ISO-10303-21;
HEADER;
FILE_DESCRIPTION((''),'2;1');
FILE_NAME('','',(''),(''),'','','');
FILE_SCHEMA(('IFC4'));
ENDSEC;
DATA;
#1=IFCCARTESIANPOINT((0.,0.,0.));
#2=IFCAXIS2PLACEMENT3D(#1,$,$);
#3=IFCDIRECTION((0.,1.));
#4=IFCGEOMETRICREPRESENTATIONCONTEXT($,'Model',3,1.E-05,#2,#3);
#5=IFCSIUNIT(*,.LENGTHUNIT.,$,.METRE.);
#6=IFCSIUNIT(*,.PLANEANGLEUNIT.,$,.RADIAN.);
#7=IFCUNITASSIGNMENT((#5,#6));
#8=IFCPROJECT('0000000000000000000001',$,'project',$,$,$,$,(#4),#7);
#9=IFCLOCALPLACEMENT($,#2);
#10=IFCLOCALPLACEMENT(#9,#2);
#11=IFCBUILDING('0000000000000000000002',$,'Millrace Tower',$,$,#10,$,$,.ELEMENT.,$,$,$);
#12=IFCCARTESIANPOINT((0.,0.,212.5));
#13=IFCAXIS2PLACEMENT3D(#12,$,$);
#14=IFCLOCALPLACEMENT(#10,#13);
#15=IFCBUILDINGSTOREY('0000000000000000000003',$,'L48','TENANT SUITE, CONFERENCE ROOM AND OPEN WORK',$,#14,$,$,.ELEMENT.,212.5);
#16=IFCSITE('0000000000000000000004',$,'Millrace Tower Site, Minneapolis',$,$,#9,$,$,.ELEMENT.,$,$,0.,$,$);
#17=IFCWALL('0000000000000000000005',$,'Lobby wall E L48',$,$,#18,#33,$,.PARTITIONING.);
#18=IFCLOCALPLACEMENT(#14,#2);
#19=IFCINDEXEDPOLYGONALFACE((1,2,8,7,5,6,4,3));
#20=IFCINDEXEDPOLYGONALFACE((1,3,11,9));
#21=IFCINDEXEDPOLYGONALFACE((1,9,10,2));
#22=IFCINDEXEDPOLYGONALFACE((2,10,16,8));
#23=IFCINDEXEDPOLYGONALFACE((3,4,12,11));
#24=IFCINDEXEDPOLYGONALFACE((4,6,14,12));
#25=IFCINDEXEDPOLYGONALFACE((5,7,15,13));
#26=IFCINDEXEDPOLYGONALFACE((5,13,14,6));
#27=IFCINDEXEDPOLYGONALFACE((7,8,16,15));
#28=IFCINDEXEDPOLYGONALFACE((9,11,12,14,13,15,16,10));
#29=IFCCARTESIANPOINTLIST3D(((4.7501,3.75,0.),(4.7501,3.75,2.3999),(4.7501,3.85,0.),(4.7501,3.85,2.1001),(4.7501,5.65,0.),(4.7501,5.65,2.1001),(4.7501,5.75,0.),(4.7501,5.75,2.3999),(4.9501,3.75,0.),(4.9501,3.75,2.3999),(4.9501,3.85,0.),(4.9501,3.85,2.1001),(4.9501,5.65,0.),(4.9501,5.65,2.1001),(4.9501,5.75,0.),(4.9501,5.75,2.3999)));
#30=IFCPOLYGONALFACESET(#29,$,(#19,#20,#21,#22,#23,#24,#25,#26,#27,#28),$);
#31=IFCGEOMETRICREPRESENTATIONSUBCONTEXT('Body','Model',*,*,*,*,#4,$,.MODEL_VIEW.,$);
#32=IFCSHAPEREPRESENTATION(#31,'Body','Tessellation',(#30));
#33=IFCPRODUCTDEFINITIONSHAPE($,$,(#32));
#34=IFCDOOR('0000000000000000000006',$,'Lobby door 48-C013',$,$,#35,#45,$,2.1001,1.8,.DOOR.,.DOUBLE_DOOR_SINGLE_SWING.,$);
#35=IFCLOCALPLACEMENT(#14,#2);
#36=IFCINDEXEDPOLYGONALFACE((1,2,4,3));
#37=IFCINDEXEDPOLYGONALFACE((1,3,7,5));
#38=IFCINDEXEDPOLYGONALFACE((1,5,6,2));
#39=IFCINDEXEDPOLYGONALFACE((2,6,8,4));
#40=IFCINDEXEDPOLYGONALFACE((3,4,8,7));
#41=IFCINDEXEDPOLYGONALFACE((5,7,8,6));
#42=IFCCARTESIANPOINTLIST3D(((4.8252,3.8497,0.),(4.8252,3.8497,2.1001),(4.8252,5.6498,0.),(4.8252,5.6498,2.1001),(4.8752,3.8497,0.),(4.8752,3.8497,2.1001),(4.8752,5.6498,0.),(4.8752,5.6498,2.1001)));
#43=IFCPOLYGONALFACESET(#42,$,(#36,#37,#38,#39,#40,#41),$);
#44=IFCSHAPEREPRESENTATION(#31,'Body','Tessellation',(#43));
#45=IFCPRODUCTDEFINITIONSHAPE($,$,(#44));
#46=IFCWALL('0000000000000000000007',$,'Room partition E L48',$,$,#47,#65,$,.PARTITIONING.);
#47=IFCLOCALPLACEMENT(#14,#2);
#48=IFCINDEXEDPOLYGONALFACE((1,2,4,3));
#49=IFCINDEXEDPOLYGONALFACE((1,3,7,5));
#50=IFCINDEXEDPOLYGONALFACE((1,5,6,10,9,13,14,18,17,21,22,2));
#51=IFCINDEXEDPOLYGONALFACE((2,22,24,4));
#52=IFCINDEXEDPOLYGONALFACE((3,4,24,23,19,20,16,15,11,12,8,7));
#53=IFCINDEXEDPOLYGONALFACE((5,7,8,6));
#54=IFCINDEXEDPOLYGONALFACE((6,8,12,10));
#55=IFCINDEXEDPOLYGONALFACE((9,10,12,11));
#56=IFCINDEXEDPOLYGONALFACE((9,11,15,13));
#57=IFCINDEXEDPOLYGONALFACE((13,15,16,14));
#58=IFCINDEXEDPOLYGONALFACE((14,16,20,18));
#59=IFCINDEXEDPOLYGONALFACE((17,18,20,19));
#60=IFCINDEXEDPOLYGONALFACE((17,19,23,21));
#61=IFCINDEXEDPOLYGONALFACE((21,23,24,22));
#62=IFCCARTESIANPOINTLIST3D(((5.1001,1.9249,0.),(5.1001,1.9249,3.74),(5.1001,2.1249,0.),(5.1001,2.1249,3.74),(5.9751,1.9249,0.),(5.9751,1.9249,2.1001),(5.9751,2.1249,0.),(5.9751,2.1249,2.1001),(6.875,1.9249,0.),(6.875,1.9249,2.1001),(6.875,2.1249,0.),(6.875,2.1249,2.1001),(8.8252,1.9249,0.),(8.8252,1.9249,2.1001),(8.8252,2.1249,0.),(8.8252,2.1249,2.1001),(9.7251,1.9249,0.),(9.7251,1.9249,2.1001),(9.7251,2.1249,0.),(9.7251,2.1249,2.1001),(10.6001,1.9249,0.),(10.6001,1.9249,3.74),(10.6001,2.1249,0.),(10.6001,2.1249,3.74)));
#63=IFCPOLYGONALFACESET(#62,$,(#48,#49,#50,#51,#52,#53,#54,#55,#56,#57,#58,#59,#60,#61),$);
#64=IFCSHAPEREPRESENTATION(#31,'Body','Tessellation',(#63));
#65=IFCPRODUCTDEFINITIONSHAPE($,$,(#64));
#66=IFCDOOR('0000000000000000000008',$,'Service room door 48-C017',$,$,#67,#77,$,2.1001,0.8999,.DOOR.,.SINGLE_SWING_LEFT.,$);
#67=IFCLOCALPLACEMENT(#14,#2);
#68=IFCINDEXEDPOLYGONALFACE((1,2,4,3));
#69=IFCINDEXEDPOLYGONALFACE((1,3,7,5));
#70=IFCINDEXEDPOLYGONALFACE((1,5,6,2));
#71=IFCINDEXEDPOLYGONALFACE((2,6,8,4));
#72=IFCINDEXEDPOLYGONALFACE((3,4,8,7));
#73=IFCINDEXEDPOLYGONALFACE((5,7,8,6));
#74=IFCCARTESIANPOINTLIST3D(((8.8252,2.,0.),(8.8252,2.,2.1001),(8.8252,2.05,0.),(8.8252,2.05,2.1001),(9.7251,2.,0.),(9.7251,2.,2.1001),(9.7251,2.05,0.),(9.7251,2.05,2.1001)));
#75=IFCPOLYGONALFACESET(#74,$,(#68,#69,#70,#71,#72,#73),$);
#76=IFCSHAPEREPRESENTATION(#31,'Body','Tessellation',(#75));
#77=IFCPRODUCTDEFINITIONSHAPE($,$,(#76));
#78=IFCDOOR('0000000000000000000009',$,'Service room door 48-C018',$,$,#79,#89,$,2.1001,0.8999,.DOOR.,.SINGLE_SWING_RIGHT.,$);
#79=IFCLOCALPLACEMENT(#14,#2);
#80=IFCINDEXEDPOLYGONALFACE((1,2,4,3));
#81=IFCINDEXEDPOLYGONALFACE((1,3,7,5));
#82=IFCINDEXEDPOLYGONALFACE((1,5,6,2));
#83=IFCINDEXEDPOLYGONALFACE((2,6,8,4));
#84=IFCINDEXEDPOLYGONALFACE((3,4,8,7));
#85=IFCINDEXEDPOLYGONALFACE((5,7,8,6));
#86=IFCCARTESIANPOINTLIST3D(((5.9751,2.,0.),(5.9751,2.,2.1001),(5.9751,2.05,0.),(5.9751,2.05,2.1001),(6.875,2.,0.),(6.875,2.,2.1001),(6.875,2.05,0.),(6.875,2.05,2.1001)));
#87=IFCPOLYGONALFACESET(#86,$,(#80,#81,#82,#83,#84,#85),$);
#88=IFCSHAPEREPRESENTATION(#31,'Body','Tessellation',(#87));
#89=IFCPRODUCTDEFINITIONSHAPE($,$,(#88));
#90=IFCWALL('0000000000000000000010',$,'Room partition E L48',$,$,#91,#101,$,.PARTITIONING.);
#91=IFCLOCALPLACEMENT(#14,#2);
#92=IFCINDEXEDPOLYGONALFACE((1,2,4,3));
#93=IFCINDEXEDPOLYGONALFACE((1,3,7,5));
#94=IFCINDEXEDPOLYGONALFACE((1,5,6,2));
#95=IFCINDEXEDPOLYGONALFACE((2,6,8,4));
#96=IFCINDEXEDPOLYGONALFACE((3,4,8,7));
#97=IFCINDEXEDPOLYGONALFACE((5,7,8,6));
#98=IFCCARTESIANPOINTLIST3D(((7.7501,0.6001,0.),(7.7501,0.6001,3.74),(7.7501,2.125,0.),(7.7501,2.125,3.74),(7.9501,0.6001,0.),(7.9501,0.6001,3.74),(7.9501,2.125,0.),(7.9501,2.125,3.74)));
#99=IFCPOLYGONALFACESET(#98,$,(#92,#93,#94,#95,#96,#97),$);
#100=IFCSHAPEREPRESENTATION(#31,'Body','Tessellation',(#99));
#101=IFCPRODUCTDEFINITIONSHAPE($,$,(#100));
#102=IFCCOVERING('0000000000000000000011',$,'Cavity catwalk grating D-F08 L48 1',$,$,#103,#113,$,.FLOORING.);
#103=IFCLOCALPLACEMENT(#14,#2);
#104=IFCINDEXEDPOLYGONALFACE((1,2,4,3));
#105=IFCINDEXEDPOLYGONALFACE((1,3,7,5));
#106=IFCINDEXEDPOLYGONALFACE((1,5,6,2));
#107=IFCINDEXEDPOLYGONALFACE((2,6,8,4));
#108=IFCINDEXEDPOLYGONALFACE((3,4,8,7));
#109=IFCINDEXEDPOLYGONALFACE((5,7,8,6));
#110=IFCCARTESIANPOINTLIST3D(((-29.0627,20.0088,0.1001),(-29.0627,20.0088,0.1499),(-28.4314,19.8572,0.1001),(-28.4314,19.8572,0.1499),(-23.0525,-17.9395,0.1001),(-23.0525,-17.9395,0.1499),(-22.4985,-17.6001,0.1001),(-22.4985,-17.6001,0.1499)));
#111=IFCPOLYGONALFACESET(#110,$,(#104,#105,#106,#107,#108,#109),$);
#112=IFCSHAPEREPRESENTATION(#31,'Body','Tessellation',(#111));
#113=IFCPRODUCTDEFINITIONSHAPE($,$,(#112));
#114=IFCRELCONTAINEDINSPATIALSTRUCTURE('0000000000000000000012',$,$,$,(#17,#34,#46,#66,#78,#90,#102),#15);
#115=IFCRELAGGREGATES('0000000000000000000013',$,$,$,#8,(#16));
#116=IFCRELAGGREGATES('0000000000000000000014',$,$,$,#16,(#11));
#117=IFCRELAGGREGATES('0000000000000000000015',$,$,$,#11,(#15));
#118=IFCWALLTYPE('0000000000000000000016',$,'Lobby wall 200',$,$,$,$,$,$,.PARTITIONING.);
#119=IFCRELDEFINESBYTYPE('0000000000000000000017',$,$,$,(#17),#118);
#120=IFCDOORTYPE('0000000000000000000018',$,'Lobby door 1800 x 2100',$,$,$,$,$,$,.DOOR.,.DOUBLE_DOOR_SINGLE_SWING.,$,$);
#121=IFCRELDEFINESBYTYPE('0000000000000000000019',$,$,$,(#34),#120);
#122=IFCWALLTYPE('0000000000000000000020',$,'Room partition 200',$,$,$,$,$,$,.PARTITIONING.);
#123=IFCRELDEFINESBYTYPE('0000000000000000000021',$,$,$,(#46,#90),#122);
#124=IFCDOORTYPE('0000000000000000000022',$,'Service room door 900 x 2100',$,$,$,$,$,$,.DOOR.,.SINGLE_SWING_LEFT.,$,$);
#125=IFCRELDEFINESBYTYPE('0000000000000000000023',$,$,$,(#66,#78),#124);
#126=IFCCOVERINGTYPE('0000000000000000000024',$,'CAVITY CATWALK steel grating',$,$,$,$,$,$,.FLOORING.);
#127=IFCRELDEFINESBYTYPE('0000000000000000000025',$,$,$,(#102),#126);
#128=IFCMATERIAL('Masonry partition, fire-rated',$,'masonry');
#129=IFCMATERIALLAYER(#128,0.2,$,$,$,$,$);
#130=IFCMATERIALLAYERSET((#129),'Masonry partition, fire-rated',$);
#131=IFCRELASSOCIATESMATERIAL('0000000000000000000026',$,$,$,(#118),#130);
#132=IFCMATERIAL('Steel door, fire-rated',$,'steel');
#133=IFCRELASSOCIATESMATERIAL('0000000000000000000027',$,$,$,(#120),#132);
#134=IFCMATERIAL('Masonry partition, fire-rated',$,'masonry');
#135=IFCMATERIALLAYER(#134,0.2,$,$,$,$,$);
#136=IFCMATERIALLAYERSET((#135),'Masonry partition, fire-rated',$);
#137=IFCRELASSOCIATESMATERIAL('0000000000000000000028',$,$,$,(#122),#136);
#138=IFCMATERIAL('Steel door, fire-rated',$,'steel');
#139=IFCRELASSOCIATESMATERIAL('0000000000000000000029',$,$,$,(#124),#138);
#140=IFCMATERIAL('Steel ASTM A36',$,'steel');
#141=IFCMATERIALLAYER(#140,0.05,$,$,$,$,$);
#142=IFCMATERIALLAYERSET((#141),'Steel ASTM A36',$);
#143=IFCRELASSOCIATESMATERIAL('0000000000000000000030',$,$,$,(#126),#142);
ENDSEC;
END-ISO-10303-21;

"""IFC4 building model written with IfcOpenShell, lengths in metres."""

from ifc_helpers import new_model, si_unit, direction, frame, frame_2d, origin, place, context, subcontext, project, spatial, polyline, rectangle, outline, extrude, material, layer, layer_set, type_object, element, fill, save


model = new_model("IFC4")

# Units and contexts
model_context = context("Model", 3, precision=1e-05, world=origin(), true_north=direction((0.0, 1.0)))
body_context = subcontext(model_context, "Body", "Model", "MODEL_VIEW")
ifc_project = project(units=[si_unit("LENGTHUNIT", "METRE"), si_unit("PLANEANGLEUNIT", "RADIAN")], contexts=[model_context])

# Site, building, storey
site_placement = place(None, origin())
site = spatial("IfcSite", under=ifc_project, at=site_placement, Name="Millrace Tower Site, Minneapolis", CompositionType="ELEMENT", RefElevation=0.0)
building_placement = place(site_placement, origin())
building = spatial("IfcBuilding", under=site, at=building_placement, Name="Millrace Tower", CompositionType="ELEMENT")
storey_placement = place(building_placement, frame((0.0, 0.0, 212.5)))
storey = spatial("IfcBuildingStorey", under=building, at=storey_placement, Name="L48", Description="TENANT SUITE, CONFERENCE ROOM AND OPEN WORK", CompositionType="ELEMENT", Elevation=212.5)

# Wall, opening, door
ifc_material_1 = material(Name="Masonry partition, fire-rated", Category="masonry")
ifc_layer_1 = layer(ifc_material_1, 0.2)
ifc_layer_set_1 = layer_set([ifc_layer_1], Name="Masonry partition, fire-rated")
wall_type_1 = type_object("IfcWallType", Name="Lobby wall 200", PredefinedType="PARTITIONING", material=ifc_layer_set_1)
wall_1_placement = place(storey_placement, frame((4.8501, 5.75, 0.0), z_axis=(0.0, 0.0, 1.0), x_axis=(0.0, -1.0, 0.0)))
wall_1 = element("IfcWall", 1, at=wall_1_placement, inside=storey, type_object=wall_type_1, Name="Lobby wall E L48", PredefinedType="PARTITIONING", context=body_context, shape_type="SweptSolid", body=[
    extrude(rectangle(XDim=2.0, YDim=0.2, at=frame_2d((1.0, 0.0))), origin(), (0.0, 0.0, 1.0), 2.3999),
])
opening_1_placement = place(wall_1_placement, frame((0.1001, 0.0, 0.0)))
opening_1 = element("IfcOpeningElement", 2, at=opening_1_placement, cuts=wall_1, PredefinedType="OPENING", context=body_context, shape_type="SweptSolid", body=[
    extrude(rectangle(XDim=1.8, YDim=2.1001, at=frame_2d((0.8999, 1.05))), frame((0.0, 0.1099, 0.0), z_axis=(0.0, -1.0, 0.0), x_axis=(1.0, 0.0, 0.0)), (0.0, 0.0, 1.0), 0.22),
])
ifc_material_2 = material(Name="Steel door, fire-rated", Category="steel")
door_type_1 = type_object("IfcDoorType", Name="Lobby door 1800 x 2100", OperationType="DOUBLE_DOOR_SINGLE_SWING", PredefinedType="DOOR", material=ifc_material_2)
door_1_placement = place(opening_1_placement, frame((1.8, 0.0, 0.0), z_axis=(0.0, 0.0, 1.0), x_axis=(-1.0, 0.0, 0.0)))
door_1 = element("IfcDoor", 3, at=door_1_placement, inside=storey, type_object=door_type_1, Name="Lobby door 48-C013", OperationType="DOUBLE_DOOR_SINGLE_SWING", OverallHeight=2.1001, OverallWidth=1.8, PredefinedType="DOOR", context=body_context, shape_type="SweptSolid", body=[
    extrude(rectangle(XDim=1.8, YDim=2.1001, at=frame_2d((0.8999, 1.05))), frame((0.0, 0.0249, 0.0), z_axis=(0.0, -1.0, 0.0), x_axis=(1.0, 0.0, 0.0)), (0.0, 0.0, 1.0), 0.05),
])
fill(opening_1, door_1)

# Wall, openings, doors
ifc_material_3 = material(Name="Masonry partition, fire-rated", Category="masonry")
ifc_layer_2 = layer(ifc_material_3, 0.2)
ifc_layer_set_2 = layer_set([ifc_layer_2], Name="Masonry partition, fire-rated")
wall_type_2 = type_object("IfcWallType", Name="Room partition 200", PredefinedType="PARTITIONING", material=ifc_layer_set_2)
wall_2_placement = place(storey_placement, frame((10.6001, 2.0249, 0.0), z_axis=(0.0, 0.0, 1.0), x_axis=(-1.0, 0.0, 0.0)))
wall_2 = element("IfcWall", 4, at=wall_2_placement, inside=storey, type_object=wall_type_2, Name="Room partition E L48", PredefinedType="PARTITIONING", context=body_context, shape_type="SweptSolid", body=[
    extrude(rectangle(XDim=5.5, YDim=0.2, at=frame_2d((2.75, 0.0))), origin(), (0.0, 0.0, 1.0), 3.74),
])
opening_2_placement = place(wall_2_placement, frame((0.875, 0.0, 0.0)))
opening_2 = element("IfcOpeningElement", 5, at=opening_2_placement, cuts=wall_2, PredefinedType="OPENING", context=body_context, shape_type="SweptSolid", body=[
    extrude(rectangle(XDim=0.8999, YDim=2.1001, at=frame_2d((0.45, 1.05))), frame((0.0, 0.1099, 0.0), z_axis=(0.0, -1.0, 0.0), x_axis=(1.0, 0.0, 0.0)), (0.0, 0.0, 1.0), 0.22),
])
opening_3_placement = place(wall_2_placement, frame((3.7251, 0.0, 0.0)))
opening_3 = element("IfcOpeningElement", 6, at=opening_3_placement, cuts=wall_2, PredefinedType="OPENING", context=body_context, shape_type="SweptSolid", body=[
    extrude(rectangle(XDim=0.8999, YDim=2.1001, at=frame_2d((0.45, 1.05))), frame((0.0, 0.1099, 0.0), z_axis=(0.0, -1.0, 0.0), x_axis=(1.0, 0.0, 0.0)), (0.0, 0.0, 1.0), 0.22),
])
ifc_material_4 = material(Name="Steel door, fire-rated", Category="steel")
door_type_2 = type_object("IfcDoorType", Name="Service room door 900 x 2100", OperationType="SINGLE_SWING_LEFT", PredefinedType="DOOR", material=ifc_material_4)
door_2_placement = place(opening_2_placement, origin())
door_2 = element("IfcDoor", 7, at=door_2_placement, inside=storey, type_object=door_type_2, Name="Service room door 48-C017", OperationType="SINGLE_SWING_LEFT", OverallHeight=2.1001, OverallWidth=0.8999, PredefinedType="DOOR", context=body_context, shape_type="SweptSolid", body=[
    extrude(rectangle(XDim=0.8999, YDim=2.1001, at=frame_2d((0.45, 1.05))), frame((0.0, 0.0249, 0.0), z_axis=(0.0, -1.0, 0.0), x_axis=(1.0, 0.0, 0.0)), (0.0, 0.0, 1.0), 0.05),
])
fill(opening_2, door_2)
door_3_placement = place(opening_3_placement, origin())
door_3 = element("IfcDoor", 8, at=door_3_placement, inside=storey, type_object=door_type_2, Name="Service room door 48-C018", OperationType="SINGLE_SWING_RIGHT", OverallHeight=2.1001, OverallWidth=0.8999, PredefinedType="DOOR", context=body_context, shape_type="SweptSolid", body=[
    extrude(rectangle(XDim=0.8999, YDim=2.1001, at=frame_2d((0.45, 1.05))), frame((0.0, 0.0249, 0.0), z_axis=(0.0, -1.0, 0.0), x_axis=(1.0, 0.0, 0.0)), (0.0, 0.0, 1.0), 0.05),
])
fill(opening_3, door_3)

# Wall
wall_3_placement = place(storey_placement, frame((7.8501, 2.125, 0.0), z_axis=(0.0, 0.0, 1.0), x_axis=(0.0, -1.0, 0.0)))
element("IfcWall", 9, at=wall_3_placement, inside=storey, type_object=wall_type_2, Name="Room partition E L48", PredefinedType="PARTITIONING", context=body_context, shape_type="SweptSolid", body=[
    extrude(rectangle(XDim=1.5249, YDim=0.2, at=frame_2d((0.7625, 0.0))), origin(), (0.0, 0.0, 1.0), 3.74),
])

# Covering
ifc_material_5 = material(Name="Steel ASTM A36", Category="steel")
ifc_layer_3 = layer(ifc_material_5, 0.05)
ifc_layer_set_3 = layer_set([ifc_layer_3], Name="Steel ASTM A36")
covering_type = type_object("IfcCoveringType", Name="CAVITY CATWALK steel grating", PredefinedType="FLOORING", material=ifc_layer_set_3)
covering_placement = place(storey_placement, frame((0.0, 0.0, 0.1001)))
element("IfcCovering", 10, at=covering_placement, inside=storey, type_object=covering_type, Name="Cavity catwalk grating D-F08 L48 1", PredefinedType="FLOORING", context=body_context, shape_type="SweptSolid", body=[
    extrude(outline(polyline([(-29.0627, 20.0088), (-23.0525, -17.9395), (-22.4985, -17.6001), (-28.4314, 19.8572), (-29.0627, 20.0088)])), origin(), (0.0, 0.0, 1.0), 0.0498),
])

save(model, "model.ifc")
